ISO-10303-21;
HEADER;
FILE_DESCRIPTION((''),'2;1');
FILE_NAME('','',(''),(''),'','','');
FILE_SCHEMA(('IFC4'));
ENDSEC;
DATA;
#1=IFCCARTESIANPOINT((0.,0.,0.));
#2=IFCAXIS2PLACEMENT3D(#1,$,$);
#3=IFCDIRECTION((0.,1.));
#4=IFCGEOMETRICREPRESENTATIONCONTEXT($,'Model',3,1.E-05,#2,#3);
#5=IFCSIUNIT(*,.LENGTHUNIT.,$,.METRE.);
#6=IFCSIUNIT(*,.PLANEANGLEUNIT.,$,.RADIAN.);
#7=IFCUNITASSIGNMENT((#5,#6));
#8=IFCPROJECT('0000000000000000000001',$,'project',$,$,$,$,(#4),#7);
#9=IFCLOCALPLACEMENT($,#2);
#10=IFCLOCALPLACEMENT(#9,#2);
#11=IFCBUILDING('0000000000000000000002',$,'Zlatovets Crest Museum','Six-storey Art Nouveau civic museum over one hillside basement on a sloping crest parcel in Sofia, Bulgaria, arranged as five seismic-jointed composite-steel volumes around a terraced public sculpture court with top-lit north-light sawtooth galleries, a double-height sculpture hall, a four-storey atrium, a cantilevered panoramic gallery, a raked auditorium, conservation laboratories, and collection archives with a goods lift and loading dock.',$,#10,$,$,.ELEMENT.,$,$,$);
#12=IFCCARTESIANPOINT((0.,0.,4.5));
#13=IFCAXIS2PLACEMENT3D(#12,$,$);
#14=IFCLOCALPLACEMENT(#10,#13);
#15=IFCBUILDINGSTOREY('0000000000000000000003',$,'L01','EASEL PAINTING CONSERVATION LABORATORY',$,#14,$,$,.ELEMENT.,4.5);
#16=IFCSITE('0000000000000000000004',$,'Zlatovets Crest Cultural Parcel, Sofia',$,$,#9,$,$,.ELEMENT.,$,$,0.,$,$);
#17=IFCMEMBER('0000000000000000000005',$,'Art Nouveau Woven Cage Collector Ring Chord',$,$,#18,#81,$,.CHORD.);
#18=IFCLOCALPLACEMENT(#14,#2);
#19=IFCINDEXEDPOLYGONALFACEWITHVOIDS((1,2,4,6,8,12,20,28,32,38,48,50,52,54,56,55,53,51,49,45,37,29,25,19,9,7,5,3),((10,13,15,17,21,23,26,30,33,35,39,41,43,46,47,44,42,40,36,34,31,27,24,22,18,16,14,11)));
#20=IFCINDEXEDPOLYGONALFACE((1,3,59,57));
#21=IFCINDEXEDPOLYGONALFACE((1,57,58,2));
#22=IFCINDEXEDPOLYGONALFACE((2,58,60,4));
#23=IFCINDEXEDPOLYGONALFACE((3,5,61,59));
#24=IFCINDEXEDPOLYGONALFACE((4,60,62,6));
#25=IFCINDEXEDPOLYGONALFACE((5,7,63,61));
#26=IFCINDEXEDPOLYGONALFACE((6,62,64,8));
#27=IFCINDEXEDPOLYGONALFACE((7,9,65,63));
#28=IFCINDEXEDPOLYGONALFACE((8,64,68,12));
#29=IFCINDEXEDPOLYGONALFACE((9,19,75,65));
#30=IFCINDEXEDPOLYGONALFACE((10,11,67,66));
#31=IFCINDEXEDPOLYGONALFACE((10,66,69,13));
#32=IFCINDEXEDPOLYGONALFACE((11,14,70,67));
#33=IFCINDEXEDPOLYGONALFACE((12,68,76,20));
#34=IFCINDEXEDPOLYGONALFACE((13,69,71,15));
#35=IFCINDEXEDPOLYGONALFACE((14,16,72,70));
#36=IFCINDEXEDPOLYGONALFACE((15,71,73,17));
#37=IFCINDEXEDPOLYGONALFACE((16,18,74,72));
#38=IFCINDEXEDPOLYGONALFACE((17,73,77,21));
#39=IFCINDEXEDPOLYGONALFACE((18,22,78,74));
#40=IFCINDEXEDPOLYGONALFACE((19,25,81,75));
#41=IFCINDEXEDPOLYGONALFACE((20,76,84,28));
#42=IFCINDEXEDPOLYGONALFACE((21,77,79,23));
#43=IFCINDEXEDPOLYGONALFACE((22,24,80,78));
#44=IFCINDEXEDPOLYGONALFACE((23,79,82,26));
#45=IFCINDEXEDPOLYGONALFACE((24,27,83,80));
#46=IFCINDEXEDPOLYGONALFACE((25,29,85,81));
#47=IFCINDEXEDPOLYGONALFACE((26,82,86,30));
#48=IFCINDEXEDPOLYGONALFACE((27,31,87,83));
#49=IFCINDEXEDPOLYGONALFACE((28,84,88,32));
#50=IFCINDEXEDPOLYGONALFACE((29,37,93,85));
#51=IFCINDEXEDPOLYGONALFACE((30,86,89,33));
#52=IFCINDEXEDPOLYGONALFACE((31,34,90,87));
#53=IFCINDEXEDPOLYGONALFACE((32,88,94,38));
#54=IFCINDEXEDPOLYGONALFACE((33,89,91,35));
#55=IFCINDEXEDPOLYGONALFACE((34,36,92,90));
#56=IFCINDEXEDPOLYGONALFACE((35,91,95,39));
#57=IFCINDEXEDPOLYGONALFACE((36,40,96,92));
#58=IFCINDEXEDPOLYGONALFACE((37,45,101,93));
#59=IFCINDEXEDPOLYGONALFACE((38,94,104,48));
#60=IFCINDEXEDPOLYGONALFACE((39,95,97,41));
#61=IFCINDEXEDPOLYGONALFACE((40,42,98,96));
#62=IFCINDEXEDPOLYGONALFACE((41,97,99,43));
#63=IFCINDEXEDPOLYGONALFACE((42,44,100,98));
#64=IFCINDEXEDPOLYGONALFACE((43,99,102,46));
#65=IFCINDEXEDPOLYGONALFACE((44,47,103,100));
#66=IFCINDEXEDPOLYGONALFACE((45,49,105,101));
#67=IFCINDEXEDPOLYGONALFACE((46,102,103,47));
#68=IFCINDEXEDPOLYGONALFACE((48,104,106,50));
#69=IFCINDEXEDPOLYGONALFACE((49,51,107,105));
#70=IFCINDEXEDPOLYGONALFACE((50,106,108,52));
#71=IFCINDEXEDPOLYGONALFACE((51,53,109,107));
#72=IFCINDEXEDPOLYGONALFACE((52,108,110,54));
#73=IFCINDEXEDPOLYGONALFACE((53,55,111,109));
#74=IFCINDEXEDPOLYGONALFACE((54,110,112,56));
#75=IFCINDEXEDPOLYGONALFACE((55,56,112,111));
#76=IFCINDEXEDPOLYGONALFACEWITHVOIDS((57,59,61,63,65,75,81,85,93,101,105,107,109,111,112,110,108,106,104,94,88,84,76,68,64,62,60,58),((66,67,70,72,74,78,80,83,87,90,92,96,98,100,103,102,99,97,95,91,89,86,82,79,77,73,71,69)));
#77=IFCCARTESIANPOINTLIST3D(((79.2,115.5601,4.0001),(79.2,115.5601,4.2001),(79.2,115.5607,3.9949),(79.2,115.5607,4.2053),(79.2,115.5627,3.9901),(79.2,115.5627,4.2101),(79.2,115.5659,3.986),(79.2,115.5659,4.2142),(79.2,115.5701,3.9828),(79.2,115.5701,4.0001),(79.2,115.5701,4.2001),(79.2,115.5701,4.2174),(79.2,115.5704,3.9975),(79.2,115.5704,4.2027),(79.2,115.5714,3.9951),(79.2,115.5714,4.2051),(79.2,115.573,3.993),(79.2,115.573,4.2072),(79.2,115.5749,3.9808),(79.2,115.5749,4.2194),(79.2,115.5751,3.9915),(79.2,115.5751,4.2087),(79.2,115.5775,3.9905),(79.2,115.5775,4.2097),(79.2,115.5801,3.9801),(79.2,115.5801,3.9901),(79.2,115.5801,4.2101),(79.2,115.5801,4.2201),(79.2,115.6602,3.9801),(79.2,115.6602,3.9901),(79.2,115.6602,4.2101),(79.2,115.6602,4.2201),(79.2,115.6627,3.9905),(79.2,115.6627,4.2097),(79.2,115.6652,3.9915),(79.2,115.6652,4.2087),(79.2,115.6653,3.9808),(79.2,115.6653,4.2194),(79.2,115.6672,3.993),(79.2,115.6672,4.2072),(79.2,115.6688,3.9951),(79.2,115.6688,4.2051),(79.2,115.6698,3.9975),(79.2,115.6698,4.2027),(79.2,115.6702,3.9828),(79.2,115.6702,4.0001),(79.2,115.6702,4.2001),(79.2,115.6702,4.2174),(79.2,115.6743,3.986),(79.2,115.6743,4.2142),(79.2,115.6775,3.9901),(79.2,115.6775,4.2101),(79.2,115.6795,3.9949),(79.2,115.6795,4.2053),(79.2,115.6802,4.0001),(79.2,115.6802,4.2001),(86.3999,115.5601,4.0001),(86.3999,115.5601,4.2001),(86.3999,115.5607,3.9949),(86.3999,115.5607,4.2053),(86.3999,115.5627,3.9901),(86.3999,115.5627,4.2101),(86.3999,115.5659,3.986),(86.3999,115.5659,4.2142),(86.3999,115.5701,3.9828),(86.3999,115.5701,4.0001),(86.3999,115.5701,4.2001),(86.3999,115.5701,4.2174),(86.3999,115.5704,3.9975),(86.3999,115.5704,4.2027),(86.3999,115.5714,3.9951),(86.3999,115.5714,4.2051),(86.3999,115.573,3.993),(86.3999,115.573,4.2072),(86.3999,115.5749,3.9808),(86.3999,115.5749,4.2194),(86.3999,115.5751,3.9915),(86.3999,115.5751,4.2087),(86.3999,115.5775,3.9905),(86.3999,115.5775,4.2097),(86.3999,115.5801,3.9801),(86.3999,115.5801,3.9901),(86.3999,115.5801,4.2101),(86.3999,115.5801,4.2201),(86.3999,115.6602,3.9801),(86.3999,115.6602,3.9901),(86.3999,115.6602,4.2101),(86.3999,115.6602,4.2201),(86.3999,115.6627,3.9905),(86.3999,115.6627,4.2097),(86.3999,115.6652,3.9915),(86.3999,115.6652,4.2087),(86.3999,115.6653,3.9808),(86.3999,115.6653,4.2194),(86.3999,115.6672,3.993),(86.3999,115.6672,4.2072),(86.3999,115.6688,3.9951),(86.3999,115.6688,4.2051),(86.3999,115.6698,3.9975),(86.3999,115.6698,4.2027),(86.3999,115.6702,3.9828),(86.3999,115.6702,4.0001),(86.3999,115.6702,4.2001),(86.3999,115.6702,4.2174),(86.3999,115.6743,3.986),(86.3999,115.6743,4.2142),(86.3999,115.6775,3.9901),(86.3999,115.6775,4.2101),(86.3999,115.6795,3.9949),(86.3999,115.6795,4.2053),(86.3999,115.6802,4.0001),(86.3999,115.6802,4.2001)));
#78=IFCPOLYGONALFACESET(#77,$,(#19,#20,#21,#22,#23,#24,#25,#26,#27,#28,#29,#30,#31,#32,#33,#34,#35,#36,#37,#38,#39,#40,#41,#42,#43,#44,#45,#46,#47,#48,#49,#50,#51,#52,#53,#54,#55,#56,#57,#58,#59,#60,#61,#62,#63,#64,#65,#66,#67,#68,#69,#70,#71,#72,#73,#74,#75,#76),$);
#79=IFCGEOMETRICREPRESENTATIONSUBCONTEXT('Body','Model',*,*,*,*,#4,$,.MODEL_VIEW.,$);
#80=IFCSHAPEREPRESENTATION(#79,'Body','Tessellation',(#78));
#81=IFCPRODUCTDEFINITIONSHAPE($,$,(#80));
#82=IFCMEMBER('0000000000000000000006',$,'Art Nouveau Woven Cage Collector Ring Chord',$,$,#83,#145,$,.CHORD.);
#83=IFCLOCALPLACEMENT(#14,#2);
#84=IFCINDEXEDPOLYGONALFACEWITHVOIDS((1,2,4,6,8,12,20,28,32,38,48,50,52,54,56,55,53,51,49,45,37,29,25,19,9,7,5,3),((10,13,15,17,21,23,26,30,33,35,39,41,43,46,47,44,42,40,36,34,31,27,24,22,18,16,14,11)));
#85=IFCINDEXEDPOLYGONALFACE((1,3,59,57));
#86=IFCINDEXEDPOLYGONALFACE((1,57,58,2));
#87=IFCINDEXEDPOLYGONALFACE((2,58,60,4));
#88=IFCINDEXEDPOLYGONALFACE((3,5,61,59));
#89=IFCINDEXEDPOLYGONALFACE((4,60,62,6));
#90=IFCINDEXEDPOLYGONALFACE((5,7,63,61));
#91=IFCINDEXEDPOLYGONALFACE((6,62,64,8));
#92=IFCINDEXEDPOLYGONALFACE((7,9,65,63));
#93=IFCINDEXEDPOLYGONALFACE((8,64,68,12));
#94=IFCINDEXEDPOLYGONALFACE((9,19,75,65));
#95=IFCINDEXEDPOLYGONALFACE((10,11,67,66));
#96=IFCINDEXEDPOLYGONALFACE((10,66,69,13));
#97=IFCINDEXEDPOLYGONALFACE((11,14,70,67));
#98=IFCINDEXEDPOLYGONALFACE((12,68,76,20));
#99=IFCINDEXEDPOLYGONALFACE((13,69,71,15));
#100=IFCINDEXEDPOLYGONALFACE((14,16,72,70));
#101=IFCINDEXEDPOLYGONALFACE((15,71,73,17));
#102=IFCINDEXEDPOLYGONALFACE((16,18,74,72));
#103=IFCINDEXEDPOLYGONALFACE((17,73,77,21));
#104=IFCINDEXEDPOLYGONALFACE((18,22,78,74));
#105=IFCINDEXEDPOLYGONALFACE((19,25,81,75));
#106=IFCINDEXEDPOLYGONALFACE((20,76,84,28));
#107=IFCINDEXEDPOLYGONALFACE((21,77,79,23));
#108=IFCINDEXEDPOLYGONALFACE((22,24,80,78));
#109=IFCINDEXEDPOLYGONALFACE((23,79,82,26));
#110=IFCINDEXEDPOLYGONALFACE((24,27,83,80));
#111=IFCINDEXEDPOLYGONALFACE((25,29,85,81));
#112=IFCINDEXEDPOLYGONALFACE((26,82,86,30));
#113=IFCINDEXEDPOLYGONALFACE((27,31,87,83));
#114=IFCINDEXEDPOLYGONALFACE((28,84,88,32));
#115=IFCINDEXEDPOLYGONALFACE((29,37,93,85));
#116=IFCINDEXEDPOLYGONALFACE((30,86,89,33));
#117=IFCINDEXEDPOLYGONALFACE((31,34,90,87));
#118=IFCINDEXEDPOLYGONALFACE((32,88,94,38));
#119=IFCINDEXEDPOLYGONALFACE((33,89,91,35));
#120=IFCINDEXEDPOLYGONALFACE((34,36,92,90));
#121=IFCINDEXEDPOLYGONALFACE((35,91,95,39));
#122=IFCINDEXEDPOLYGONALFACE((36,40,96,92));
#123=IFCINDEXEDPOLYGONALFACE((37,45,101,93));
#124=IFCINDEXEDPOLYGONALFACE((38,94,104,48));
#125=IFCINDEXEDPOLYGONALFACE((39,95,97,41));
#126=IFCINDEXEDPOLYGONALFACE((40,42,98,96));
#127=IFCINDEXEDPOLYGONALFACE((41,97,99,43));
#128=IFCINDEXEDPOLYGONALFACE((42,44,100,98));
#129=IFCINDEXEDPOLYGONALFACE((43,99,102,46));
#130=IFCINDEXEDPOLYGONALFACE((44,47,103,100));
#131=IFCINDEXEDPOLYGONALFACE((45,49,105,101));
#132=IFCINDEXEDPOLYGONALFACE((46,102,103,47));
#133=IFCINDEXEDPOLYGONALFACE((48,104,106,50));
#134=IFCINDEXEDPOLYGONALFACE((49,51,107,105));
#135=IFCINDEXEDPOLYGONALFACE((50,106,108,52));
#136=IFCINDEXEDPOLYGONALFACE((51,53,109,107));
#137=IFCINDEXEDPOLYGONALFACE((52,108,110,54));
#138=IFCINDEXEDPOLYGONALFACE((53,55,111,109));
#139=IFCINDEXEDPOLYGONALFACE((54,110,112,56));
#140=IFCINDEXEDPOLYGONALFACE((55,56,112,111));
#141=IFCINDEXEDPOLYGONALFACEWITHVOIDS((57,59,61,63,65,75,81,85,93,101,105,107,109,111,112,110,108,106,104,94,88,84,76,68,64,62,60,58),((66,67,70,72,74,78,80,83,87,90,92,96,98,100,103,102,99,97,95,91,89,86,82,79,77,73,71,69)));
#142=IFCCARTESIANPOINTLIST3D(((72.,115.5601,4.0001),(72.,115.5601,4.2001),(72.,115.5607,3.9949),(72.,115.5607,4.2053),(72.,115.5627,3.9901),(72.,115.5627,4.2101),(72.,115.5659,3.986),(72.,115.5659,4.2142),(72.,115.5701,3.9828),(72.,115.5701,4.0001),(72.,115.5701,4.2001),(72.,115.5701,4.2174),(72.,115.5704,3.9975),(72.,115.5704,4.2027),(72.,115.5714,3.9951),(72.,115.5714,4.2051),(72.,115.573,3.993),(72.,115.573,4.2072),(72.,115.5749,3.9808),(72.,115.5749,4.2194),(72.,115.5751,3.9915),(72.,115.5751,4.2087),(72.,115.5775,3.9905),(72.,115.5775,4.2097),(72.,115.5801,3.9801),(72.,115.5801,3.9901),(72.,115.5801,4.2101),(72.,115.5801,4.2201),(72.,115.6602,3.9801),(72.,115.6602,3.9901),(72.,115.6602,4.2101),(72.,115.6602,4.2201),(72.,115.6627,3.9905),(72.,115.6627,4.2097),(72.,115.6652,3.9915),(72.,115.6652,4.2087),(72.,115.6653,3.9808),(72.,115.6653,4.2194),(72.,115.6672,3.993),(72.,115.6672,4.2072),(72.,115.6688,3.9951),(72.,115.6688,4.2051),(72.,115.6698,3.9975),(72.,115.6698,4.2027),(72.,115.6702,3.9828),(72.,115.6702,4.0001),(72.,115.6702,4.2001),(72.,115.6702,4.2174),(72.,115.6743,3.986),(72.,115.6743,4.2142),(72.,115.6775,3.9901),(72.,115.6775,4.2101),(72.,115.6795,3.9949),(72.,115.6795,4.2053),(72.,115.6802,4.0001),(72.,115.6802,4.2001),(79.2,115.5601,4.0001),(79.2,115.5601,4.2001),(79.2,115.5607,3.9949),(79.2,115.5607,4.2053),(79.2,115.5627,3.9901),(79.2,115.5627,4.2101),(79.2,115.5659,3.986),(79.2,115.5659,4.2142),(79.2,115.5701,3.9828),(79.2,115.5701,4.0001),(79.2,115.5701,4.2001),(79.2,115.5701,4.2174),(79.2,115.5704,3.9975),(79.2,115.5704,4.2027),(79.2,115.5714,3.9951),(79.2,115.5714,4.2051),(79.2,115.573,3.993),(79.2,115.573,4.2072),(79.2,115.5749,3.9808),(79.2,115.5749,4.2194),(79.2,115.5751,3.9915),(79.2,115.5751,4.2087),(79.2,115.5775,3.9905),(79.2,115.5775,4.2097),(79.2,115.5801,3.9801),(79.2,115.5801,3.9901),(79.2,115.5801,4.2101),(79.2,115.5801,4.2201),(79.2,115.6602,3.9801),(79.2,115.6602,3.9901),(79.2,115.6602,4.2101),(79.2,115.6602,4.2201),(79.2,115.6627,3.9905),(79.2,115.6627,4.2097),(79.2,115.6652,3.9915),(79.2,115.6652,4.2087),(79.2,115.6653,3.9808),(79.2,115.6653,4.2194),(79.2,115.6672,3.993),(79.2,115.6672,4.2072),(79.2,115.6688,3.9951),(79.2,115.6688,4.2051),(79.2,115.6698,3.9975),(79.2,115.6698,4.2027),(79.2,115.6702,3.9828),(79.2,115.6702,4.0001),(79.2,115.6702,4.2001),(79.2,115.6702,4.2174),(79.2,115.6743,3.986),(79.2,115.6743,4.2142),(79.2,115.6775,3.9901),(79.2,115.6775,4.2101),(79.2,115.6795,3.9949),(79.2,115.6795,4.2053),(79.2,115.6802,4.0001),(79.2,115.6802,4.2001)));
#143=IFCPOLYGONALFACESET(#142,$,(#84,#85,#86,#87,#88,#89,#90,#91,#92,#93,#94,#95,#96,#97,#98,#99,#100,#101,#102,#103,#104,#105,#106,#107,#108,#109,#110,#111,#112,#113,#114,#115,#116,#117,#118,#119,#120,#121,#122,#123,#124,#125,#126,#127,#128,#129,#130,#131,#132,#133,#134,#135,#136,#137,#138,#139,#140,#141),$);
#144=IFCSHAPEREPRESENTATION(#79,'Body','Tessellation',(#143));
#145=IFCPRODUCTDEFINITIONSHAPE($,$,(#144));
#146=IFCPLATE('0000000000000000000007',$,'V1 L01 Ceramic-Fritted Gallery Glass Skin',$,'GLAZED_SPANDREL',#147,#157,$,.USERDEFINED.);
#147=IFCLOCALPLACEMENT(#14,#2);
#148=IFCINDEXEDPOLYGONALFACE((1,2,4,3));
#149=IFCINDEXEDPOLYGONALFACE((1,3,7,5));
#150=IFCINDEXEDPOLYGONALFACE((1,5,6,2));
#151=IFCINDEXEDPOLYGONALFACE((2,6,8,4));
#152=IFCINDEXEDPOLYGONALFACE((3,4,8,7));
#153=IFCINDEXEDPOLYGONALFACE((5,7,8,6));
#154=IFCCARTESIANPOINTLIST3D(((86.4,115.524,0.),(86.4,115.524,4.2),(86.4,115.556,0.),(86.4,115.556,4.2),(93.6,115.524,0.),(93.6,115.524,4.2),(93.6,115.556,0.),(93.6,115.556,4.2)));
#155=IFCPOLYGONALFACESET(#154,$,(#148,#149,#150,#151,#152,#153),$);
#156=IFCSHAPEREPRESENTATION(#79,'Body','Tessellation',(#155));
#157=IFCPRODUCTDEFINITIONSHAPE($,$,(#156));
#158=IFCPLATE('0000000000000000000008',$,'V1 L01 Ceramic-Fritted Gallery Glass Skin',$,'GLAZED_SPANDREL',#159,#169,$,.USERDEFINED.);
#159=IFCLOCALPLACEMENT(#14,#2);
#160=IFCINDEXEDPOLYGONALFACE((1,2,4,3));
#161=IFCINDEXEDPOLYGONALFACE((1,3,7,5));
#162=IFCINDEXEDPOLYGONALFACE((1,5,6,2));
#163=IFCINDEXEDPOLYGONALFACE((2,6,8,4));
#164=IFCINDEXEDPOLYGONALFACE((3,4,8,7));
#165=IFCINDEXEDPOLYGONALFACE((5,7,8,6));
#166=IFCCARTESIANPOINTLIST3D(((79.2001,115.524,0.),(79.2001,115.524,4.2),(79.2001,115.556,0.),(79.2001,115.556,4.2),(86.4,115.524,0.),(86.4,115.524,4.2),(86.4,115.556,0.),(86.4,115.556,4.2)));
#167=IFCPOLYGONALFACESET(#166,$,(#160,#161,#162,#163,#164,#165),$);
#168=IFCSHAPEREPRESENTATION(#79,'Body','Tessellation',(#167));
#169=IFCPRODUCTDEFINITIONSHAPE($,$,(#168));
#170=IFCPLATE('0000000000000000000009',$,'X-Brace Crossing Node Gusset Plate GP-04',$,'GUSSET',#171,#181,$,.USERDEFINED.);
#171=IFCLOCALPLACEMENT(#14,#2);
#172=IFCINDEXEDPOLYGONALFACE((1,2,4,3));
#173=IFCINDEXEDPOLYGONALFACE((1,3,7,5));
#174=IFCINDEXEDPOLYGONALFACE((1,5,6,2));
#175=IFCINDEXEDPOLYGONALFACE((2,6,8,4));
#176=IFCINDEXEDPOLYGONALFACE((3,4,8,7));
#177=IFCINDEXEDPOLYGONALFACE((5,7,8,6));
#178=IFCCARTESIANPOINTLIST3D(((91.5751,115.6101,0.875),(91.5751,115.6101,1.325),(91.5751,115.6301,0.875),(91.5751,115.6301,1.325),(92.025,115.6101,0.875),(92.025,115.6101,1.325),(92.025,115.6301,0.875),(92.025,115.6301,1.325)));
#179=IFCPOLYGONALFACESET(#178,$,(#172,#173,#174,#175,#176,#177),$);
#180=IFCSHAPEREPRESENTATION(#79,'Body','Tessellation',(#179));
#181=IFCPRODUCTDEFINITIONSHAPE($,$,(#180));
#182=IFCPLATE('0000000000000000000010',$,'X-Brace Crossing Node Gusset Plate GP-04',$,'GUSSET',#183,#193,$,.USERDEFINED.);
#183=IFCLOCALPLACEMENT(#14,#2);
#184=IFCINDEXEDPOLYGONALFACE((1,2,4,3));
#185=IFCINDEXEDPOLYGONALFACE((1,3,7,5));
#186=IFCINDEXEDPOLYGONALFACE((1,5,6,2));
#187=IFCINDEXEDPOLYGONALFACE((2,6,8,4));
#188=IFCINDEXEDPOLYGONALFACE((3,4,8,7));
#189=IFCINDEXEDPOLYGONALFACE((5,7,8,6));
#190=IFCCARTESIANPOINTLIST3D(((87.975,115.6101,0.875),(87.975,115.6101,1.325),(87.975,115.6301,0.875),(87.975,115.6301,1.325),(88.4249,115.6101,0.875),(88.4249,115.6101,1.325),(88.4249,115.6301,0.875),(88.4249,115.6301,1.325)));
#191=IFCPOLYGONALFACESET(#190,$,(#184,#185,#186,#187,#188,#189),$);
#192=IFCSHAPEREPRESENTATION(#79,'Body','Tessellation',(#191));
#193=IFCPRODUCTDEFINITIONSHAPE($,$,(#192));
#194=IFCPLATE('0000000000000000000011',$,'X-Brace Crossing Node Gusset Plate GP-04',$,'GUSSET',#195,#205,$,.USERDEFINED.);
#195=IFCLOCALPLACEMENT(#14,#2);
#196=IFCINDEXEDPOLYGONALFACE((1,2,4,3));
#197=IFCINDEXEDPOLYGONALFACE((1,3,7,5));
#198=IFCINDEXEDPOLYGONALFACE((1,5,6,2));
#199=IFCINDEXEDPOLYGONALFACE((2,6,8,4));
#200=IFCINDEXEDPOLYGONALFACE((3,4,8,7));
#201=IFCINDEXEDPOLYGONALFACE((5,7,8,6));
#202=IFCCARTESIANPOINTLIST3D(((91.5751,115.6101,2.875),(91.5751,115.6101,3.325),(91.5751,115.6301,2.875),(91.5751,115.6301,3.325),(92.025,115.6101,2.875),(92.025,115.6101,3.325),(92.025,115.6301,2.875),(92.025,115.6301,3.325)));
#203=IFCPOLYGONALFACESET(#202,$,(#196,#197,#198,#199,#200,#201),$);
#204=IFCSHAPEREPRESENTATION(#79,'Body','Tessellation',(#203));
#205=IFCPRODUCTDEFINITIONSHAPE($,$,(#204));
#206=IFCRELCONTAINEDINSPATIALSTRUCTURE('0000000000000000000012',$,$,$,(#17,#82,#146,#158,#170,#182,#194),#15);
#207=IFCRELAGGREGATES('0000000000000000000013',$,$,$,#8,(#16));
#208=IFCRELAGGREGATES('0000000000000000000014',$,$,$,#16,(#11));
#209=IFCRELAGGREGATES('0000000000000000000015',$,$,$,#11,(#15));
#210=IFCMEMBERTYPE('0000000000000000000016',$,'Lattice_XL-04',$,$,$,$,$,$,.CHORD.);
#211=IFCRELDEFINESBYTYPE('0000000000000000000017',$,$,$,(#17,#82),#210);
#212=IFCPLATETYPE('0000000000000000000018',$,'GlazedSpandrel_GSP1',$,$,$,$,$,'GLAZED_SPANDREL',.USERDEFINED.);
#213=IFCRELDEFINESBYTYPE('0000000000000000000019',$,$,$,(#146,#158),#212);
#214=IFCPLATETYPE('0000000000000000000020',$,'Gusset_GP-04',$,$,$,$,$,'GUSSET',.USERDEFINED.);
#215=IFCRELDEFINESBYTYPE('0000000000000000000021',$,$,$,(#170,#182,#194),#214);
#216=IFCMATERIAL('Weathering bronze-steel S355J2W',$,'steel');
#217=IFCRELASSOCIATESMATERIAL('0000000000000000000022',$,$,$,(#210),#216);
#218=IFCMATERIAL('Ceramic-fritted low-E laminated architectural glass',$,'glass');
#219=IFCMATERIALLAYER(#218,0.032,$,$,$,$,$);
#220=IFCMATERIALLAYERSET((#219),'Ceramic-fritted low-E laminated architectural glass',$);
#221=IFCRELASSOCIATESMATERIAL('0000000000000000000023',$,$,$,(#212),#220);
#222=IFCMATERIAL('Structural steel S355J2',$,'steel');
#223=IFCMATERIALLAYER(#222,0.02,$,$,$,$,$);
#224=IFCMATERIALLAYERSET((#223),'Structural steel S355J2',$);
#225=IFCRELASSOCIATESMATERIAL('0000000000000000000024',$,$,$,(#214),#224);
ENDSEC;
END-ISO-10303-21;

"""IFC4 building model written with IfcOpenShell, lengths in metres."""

from ifc_helpers import new_model, si_unit, direction, frame, origin, origin_2d, place, context, subcontext, project, spatial, rectangle, hollow_rectangle, extrude, material, layer, layer_set, material_profile, profile_set, type_object, element, save


model = new_model("IFC4")

# Units and contexts
model_context = context("Model", 3, precision=1e-05, world=origin(), true_north=direction((0.0, 1.0)))
body_context = subcontext(model_context, "Body", "Model", "MODEL_VIEW")
ifc_project = project(units=[si_unit("LENGTHUNIT", "METRE"), si_unit("PLANEANGLEUNIT", "RADIAN")], contexts=[model_context])

# Site, building, storey
site_placement = place(None, origin())
site = spatial("IfcSite", under=ifc_project, at=site_placement, Name="Zlatovets Crest Cultural Parcel, Sofia", CompositionType="ELEMENT", RefElevation=0.0)
building_placement = place(site_placement, origin())
building = spatial("IfcBuilding", under=site, at=building_placement, Name="Zlatovets Crest Museum", Description="Six-storey Art Nouveau civic museum over one hillside basement on a sloping crest parcel in Sofia, Bulgaria, arranged as five seismic-jointed composite-steel volumes around a terraced public sculpture court with top-lit north-light sawtooth galleries, a double-height sculpture hall, a four-storey atrium, a cantilevered panoramic gallery, a raked auditorium, conservation laboratories, and collection archives with a goods lift and loading dock.", CompositionType="ELEMENT")
storey_placement = place(building_placement, frame((0.0, 0.0, 4.5)))
storey = spatial("IfcBuildingStorey", under=building, at=storey_placement, Name="L01", Description="EASEL PAINTING CONSERVATION LABORATORY", CompositionType="ELEMENT", Elevation=4.5)

# Members
ifc_material_1 = material(Name="Weathering bronze-steel S355J2W", Category="steel")
ifc_material_profile_1 = material_profile(ifc_material_1, hollow_rectangle(XDim=0.1201, YDim=0.24, WallThickness=0.01, InnerFilletRadius=0.01, OuterFilletRadius=0.02, at=origin_2d()), Name="RHS 120x240x10.0")
ifc_profile_set_1 = profile_set([ifc_material_profile_1], Name="Weathering bronze-steel S355J2W")
member_type_1 = type_object("IfcMemberType", Name="Lattice_XL-04", PredefinedType="CHORD", material=ifc_profile_set_1)
for number, where, z_axis, x_axis, name in (
    (1, (86.3999, 115.6201, 4.1001), (-1.0, 0.0, 0.0), (0.0, -1.0, 0.0), "Art Nouveau Woven Cage Collector Ring Chord"),
    (2, (79.2, 115.6201, 4.1001), (-1.0, 0.0, 0.0), (0.0, -1.0, 0.0), "Art Nouveau Woven Cage Collector Ring Chord"),
):
    element("IfcMember", number, at=place(storey_placement, frame(where, z_axis=z_axis, x_axis=x_axis)), inside=storey, type_object=member_type_1, Name=name, PredefinedType="CHORD", context=body_context, shape_type="SweptSolid", body=[
        extrude(hollow_rectangle(XDim=0.1201, YDim=0.24, WallThickness=0.01, InnerFilletRadius=0.01, OuterFilletRadius=0.02, at=origin_2d()), origin(), (0.0, 0.0, 1.0), 7.2),
    ])

# Plates
ifc_material_2 = material(Name="Ceramic-fritted low-E laminated architectural glass", Category="glass")
ifc_layer_1 = layer(ifc_material_2, 0.032)
ifc_layer_set_1 = layer_set([ifc_layer_1], Name="Ceramic-fritted low-E laminated architectural glass")
plate_type_1 = type_object("IfcPlateType", Name="GlazedSpandrel_GSP1", ElementType="GLAZED_SPANDREL", PredefinedType="USERDEFINED", material=ifc_layer_set_1)
for number, where, z_axis, x_axis, name in (
    (3, (90.0, 115.54, 0.0), (0.0, 0.0, 1.0), (1.0, 0.0, 0.0), "V1 L01 Ceramic-Fritted Gallery Glass Skin"),
    (4, (82.8, 115.54, 0.0), (0.0, 0.0, 1.0), (1.0, 0.0, 0.0), "V1 L01 Ceramic-Fritted Gallery Glass Skin"),
):
    element("IfcPlate", number, at=place(storey_placement, frame(where, z_axis=z_axis, x_axis=x_axis)), inside=storey, type_object=plate_type_1, Name=name, ObjectType="GLAZED_SPANDREL", PredefinedType="USERDEFINED", context=body_context, shape_type="SweptSolid", body=[
        extrude(rectangle(XDim=7.2, YDim=0.032, at=origin_2d()), origin(), (0.0, 0.0, 1.0), 4.2),
    ])
ifc_material_3 = material(Name="Structural steel S355J2", Category="steel")
ifc_layer_2 = layer(ifc_material_3, 0.02)
ifc_layer_set_2 = layer_set([ifc_layer_2], Name="Structural steel S355J2")
plate_type_2 = type_object("IfcPlateType", Name="Gusset_GP-04", ElementType="GUSSET", PredefinedType="USERDEFINED", material=ifc_layer_set_2)
for number, where, z_axis, x_axis, name in (
    (5, (91.8, 115.6201, 0.875), (0.0, 0.0, 1.0), (1.0, 0.0, 0.0), "X-Brace Crossing Node Gusset Plate GP-04"),
    (6, (88.2, 115.6201, 0.875), (0.0, 0.0, 1.0), (1.0, 0.0, 0.0), "X-Brace Crossing Node Gusset Plate GP-04"),
    (7, (91.8, 115.6201, 2.875), (0.0, 0.0, 1.0), (1.0, 0.0, 0.0), "X-Brace Crossing Node Gusset Plate GP-04"),
):
    element("IfcPlate", number, at=place(storey_placement, frame(where, z_axis=z_axis, x_axis=x_axis)), inside=storey, type_object=plate_type_2, Name=name, ObjectType="GUSSET", PredefinedType="USERDEFINED", context=body_context, shape_type="SweptSolid", body=[
        extrude(rectangle(XDim=0.45, YDim=0.02, at=origin_2d()), origin(), (0.0, 0.0, 1.0), 0.45),
    ])

save(model, "model.ifc")
